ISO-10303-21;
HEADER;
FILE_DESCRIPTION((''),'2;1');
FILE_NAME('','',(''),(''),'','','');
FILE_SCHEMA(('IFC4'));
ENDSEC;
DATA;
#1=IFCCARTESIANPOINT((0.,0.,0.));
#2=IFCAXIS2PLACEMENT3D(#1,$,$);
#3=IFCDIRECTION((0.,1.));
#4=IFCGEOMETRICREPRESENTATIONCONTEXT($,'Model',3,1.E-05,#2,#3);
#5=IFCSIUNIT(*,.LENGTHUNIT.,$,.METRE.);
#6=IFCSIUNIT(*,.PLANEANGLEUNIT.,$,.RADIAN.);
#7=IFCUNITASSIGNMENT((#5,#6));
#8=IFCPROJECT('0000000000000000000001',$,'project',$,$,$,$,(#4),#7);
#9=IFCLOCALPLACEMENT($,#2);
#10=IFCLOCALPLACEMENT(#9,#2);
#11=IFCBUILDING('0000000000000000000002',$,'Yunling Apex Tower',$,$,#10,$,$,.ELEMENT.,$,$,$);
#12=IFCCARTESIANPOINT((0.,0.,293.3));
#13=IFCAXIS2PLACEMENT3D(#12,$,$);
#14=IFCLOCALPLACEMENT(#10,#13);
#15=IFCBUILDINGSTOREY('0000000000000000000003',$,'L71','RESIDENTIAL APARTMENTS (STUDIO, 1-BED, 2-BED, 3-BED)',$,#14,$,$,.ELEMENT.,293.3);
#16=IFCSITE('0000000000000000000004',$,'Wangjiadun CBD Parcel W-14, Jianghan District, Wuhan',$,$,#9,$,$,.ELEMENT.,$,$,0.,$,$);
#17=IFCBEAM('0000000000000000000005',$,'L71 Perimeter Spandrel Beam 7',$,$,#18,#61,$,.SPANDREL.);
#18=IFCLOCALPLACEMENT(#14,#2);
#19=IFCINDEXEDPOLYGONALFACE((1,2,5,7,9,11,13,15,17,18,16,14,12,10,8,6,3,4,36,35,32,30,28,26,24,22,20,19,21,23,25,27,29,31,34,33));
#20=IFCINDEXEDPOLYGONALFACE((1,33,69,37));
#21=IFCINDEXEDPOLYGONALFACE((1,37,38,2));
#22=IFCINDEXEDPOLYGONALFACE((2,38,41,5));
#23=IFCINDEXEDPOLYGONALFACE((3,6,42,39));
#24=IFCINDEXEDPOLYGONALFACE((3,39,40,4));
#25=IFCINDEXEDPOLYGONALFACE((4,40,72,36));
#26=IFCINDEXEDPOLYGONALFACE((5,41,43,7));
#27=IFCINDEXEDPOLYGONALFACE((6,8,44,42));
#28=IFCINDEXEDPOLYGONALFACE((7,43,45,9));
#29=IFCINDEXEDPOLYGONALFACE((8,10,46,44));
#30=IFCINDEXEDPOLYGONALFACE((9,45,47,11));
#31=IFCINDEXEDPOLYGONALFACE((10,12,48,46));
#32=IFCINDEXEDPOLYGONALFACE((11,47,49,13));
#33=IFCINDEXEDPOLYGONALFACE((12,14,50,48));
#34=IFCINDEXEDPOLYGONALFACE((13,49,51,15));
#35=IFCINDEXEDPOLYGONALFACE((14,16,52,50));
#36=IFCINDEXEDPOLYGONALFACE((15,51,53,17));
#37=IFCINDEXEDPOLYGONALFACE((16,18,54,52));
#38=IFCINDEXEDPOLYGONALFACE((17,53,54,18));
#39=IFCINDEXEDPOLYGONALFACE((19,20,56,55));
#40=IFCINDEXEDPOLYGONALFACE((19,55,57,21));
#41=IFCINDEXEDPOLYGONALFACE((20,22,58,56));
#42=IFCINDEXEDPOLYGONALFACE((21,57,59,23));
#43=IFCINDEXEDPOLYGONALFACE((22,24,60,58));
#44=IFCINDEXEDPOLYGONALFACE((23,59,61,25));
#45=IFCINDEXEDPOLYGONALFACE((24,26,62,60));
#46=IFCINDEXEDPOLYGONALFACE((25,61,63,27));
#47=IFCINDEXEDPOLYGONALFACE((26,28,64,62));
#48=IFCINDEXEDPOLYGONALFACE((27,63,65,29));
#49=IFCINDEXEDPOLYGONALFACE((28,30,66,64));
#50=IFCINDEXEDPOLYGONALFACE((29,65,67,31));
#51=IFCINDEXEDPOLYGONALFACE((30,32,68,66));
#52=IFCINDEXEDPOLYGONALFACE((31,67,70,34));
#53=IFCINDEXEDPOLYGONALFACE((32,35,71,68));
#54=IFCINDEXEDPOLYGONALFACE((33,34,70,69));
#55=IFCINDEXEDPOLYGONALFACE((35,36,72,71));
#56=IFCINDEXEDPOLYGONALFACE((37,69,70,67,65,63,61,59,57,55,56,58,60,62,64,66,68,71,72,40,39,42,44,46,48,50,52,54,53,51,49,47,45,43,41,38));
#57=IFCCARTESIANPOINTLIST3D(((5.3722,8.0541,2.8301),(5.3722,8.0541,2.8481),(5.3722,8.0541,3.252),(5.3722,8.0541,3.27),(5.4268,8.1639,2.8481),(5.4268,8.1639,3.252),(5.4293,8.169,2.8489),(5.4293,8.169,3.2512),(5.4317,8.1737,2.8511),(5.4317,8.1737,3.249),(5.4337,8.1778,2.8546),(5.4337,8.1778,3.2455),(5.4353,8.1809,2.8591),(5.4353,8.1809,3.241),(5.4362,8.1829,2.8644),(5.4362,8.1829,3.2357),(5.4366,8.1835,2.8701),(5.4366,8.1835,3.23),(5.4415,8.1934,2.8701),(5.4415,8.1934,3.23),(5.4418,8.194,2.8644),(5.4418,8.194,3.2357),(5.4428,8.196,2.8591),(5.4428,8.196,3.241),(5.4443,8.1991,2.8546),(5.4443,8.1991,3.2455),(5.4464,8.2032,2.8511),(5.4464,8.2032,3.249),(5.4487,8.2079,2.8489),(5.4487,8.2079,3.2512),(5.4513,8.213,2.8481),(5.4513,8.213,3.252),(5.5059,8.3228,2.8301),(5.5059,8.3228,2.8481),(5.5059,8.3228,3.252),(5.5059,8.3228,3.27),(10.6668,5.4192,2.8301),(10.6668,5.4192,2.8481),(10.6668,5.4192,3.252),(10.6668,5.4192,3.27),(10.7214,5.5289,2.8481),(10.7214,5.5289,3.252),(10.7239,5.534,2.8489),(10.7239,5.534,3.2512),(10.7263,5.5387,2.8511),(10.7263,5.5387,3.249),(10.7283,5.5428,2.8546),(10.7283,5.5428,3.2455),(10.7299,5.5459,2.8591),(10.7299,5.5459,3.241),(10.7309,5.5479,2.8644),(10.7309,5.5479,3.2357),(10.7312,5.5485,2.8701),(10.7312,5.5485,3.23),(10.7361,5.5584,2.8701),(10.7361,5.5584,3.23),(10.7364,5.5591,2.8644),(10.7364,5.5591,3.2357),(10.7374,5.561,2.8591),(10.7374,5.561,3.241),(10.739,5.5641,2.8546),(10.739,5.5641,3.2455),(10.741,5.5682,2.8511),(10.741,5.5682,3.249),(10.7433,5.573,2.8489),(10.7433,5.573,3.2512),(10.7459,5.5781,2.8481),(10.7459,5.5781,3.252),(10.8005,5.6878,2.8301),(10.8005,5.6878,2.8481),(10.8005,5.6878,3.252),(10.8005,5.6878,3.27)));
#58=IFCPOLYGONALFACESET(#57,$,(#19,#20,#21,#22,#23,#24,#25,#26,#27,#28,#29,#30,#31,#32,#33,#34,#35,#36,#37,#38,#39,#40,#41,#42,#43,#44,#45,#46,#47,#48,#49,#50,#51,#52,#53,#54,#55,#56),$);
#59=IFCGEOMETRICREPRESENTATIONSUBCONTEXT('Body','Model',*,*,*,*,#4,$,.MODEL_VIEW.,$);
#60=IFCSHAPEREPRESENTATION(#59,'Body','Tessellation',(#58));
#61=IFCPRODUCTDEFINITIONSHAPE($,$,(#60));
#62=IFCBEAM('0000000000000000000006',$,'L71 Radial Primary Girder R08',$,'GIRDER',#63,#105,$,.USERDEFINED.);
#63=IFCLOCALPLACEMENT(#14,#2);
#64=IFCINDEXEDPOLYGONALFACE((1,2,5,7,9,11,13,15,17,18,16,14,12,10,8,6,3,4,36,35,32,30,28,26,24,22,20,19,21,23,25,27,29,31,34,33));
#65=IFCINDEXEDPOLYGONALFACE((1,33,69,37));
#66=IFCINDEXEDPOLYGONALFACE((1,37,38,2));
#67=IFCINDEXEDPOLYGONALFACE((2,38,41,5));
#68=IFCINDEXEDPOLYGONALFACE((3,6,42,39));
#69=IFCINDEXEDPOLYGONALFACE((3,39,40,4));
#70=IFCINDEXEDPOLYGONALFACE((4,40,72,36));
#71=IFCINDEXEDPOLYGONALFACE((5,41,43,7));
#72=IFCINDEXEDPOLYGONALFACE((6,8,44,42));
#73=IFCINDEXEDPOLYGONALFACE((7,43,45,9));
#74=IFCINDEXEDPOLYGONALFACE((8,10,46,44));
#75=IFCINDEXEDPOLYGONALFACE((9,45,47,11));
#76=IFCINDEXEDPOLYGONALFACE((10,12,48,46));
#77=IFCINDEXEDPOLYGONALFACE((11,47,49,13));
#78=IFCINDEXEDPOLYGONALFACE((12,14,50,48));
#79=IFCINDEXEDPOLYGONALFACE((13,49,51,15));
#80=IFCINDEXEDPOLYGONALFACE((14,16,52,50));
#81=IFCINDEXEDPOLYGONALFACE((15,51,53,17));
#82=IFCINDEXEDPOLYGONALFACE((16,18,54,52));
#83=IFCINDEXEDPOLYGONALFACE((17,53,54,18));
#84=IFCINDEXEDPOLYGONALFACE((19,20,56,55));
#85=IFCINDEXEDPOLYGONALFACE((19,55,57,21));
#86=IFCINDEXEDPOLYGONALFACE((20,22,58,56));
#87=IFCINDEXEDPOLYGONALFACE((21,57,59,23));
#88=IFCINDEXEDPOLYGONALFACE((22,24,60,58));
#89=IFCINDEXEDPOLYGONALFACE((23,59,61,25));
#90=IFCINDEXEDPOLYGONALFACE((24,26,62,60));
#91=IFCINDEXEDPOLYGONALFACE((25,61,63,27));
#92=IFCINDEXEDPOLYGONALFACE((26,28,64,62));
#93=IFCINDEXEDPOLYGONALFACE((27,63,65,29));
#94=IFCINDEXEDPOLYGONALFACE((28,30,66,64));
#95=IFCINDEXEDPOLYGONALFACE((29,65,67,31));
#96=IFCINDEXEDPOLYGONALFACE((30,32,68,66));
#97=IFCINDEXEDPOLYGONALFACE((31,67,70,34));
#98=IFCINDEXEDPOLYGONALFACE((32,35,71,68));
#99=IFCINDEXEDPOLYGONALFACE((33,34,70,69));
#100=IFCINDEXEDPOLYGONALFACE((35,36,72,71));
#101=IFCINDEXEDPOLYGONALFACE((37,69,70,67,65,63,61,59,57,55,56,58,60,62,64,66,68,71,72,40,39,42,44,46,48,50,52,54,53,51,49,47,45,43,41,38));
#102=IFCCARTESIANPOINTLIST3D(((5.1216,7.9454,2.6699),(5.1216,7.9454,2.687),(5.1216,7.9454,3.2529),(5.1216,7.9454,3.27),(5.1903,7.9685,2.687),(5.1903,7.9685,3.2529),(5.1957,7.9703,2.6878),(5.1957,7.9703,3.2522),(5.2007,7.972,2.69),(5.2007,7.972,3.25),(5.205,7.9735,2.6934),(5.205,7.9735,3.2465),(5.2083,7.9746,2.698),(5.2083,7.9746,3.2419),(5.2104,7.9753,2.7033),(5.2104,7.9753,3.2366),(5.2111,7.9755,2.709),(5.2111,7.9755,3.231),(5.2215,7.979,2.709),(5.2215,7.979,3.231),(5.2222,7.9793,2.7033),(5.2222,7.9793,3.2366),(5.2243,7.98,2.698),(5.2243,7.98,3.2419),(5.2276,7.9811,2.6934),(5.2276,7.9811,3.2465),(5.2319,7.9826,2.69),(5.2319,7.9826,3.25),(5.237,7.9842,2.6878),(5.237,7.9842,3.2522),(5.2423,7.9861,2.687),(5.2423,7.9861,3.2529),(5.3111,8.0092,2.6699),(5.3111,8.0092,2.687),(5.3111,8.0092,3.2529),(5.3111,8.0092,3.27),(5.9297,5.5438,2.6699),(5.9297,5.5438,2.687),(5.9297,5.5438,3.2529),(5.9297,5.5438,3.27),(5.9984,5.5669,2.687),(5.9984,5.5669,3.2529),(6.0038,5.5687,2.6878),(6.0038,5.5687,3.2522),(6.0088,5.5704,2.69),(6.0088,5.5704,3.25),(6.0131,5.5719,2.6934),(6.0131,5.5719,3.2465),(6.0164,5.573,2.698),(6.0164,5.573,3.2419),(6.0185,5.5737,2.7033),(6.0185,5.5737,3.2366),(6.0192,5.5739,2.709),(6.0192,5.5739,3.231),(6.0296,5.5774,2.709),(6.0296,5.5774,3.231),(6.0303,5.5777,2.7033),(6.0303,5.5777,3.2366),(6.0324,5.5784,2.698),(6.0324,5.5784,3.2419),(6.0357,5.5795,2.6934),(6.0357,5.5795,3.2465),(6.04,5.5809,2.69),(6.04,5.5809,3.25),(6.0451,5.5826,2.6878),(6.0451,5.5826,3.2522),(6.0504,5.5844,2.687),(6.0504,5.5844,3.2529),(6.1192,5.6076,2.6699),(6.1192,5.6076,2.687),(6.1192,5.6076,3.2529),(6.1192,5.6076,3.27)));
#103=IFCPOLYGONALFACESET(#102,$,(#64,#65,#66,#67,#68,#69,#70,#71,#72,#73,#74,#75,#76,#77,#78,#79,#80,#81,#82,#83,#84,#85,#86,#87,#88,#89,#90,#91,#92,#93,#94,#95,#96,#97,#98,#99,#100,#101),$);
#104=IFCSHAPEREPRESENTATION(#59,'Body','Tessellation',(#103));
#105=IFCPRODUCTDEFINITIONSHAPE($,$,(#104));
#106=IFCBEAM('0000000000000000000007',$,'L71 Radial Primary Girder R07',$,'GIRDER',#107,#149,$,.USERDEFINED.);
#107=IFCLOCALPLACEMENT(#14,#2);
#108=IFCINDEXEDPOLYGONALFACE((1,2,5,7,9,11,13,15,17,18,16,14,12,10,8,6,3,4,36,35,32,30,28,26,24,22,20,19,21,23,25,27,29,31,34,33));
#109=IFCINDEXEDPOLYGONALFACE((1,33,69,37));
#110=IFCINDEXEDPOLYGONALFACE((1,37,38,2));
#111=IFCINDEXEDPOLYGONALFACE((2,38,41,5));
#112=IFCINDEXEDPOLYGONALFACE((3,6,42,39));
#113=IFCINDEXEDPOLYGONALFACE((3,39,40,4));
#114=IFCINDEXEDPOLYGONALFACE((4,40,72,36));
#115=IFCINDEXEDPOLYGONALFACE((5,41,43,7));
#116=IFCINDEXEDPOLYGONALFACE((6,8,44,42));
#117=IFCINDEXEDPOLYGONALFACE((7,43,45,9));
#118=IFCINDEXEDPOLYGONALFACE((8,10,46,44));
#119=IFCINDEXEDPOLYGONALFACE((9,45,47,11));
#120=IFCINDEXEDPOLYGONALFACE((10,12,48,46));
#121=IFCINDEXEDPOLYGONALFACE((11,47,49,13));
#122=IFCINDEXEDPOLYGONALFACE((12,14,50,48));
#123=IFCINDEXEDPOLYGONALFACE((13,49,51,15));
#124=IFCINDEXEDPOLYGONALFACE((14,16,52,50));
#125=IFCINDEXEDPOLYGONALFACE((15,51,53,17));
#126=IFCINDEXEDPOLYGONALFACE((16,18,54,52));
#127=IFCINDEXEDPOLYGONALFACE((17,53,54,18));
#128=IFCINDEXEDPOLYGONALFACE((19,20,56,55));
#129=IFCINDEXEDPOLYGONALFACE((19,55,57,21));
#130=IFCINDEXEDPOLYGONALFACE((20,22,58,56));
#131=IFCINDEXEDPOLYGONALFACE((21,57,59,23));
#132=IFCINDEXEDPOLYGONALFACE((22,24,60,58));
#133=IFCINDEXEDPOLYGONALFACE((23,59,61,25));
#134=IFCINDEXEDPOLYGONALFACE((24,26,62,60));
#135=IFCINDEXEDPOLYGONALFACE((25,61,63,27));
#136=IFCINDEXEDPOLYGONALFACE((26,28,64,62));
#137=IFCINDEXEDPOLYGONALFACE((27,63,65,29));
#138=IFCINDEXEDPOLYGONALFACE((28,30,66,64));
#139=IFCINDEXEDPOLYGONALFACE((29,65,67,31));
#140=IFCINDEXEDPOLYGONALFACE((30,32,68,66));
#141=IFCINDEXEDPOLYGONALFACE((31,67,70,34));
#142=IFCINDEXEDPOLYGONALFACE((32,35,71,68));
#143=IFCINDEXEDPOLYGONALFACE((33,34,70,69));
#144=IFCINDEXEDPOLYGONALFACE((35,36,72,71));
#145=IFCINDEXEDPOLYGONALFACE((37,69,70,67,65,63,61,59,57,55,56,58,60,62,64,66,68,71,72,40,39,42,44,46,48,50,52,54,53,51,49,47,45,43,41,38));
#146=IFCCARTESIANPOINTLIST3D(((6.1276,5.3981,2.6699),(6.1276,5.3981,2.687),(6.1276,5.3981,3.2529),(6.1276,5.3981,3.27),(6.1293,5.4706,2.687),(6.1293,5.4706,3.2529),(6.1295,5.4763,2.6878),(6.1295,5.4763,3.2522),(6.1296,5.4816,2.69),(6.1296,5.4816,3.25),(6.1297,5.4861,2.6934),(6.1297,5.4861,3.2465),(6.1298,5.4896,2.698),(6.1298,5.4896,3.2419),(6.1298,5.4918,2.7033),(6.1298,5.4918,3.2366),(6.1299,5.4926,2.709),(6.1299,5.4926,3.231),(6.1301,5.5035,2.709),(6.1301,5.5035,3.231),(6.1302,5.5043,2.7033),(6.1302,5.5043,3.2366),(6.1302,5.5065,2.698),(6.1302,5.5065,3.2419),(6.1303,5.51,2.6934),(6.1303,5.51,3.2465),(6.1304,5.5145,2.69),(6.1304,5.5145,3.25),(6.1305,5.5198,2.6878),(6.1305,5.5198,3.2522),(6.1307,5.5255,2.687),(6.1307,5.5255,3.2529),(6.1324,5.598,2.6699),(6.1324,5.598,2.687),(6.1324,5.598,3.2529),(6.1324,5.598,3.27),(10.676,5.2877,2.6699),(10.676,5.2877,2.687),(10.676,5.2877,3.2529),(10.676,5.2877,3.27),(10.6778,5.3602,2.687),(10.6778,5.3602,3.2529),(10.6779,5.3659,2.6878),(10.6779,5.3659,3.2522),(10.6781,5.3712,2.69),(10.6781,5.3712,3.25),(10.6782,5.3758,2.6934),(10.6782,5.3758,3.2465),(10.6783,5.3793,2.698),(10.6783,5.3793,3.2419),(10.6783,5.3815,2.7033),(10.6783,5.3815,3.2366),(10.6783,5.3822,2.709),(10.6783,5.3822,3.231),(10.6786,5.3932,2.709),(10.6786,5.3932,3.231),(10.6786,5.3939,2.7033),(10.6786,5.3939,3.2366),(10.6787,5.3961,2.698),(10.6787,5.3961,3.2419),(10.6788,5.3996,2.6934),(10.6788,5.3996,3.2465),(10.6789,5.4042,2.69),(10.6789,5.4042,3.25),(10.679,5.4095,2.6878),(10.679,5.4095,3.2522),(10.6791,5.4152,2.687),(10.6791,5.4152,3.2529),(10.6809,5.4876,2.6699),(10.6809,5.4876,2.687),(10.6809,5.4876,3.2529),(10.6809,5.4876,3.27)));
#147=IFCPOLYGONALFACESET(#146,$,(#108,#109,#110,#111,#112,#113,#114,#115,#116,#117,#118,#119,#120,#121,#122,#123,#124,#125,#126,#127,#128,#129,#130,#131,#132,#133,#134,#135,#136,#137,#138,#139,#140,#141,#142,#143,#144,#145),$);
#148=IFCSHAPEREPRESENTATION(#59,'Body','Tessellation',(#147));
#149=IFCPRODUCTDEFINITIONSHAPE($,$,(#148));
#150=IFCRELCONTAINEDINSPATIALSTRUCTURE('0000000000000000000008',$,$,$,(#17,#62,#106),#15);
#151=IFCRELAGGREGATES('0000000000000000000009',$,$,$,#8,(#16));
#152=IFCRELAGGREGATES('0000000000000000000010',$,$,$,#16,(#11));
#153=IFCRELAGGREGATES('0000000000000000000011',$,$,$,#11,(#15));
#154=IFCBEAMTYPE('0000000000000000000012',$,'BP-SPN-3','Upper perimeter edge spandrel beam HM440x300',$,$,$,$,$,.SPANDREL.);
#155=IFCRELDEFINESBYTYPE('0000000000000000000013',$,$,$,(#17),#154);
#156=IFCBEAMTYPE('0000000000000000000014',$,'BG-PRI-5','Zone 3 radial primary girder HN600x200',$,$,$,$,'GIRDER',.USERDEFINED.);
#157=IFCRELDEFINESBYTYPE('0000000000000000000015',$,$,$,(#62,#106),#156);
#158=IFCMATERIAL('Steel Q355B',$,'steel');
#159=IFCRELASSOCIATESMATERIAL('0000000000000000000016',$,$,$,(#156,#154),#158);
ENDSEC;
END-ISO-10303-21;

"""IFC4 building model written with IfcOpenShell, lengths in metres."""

from ifc_helpers import new_model, si_unit, direction, frame, origin, origin_2d, place, context, subcontext, project, spatial, i_section, extrude, source, transform, mapped, material, material_profile, profile_set, type_object, element, save


model = new_model("IFC4")

# Units and contexts
model_context = context("Model", 3, precision=1e-05, world=origin(), true_north=direction((0.0, 1.0)))
body_context = subcontext(model_context, "Body", "Model", "MODEL_VIEW")
ifc_project = project(units=[si_unit("LENGTHUNIT", "METRE"), si_unit("PLANEANGLEUNIT", "RADIAN")], contexts=[model_context])

# Site, building, storey
site_placement = place(None, origin())
site = spatial("IfcSite", under=ifc_project, at=site_placement, Name="Wangjiadun CBD Parcel W-14, Jianghan District, Wuhan", CompositionType="ELEMENT", RefElevation=0.0)
building_placement = place(site_placement, origin())
building = spatial("IfcBuilding", under=site, at=building_placement, Name="Yunling Apex Tower", CompositionType="ELEMENT")
storey_placement = place(building_placement, frame((0.0, 0.0, 293.3)))
storey = spatial("IfcBuildingStorey", under=building, at=storey_placement, Name="L71", Description="RESIDENTIAL APARTMENTS (STUDIO, 1-BED, 2-BED, 3-BED)", CompositionType="ELEMENT", Elevation=293.3)

# Shared definitions
ifc_material_1 = material(Name="Steel Q355B", Category="steel")

# Beams
ifc_material_profile_1 = material_profile(ifc_material_1, i_section(OverallWidth=0.2, OverallDepth=0.6001, WebThickness=0.011, FlangeThickness=0.0171, FilletRadius=0.022, at=origin_2d()))
ifc_profile_set_1 = profile_set([ifc_material_profile_1], Name="Steel Q355B")
beam_type_1 = type_object("IfcBeamType", Name="BG-PRI-5", Description="Zone 3 radial primary girder HN600x200", ElementType="GIRDER", PredefinedType="USERDEFINED", material=ifc_profile_set_1)
ifc_material_profile_2 = material_profile(ifc_material_1, i_section(OverallWidth=0.3, OverallDepth=0.4399, WebThickness=0.011, FlangeThickness=0.0181, FilletRadius=0.022, at=origin_2d()))
ifc_profile_set_2 = profile_set([ifc_material_profile_2], Name="Steel Q355B")
beam_type_2 = type_object("IfcBeamType", Name="BP-SPN-3", Description="Upper perimeter edge spandrel beam HM440x300", PredefinedType="SPANDREL", material=ifc_profile_set_2)
shared_shape_1 = source(origin(), body_context, "Body", "SweptSolid", [
    extrude(i_section(OverallWidth=0.3, OverallDepth=0.4399, WebThickness=0.011, FlangeThickness=0.0181, FilletRadius=0.022, at=origin_2d()), origin(), (0.0, 0.0, 1.0), 5.9141),
])
for number, where, z_axis, x_axis, name in (
    (1, (10.7336, 5.5535, 3.05), (-0.89526, 0.445545, 0.0), (-0.445545, -0.89526, 0.0), "L71 Perimeter Spandrel Beam 7"),
):
    element("IfcBeam", number, at=place(storey_placement, frame(where, z_axis=z_axis, x_axis=x_axis)), inside=storey, type_object=beam_type_2, Name=name, PredefinedType="SPANDREL", context=body_context, shape_type="MappedRepresentation", body=[
        mapped(shared_shape_1, transform((0.0, 0.0, 0.0), scale=1.0)),
    ])
shared_shape_2 = source(origin(), body_context, "Body", "SweptSolid", [
    extrude(i_section(OverallWidth=0.2, OverallDepth=0.6001, WebThickness=0.011, FlangeThickness=0.0171, FilletRadius=0.022, at=origin_2d()), origin(), (0.0, 0.0, 1.0), 2.5339),
])
beam_1_placement = place(storey_placement, frame((5.2163, 7.9773, 2.97), z_axis=(0.318915, -0.947783, 0.0), x_axis=(0.947783, 0.318915, 0.0)))
element("IfcBeam", 2, at=beam_1_placement, inside=storey, type_object=beam_type_1, Name="L71 Radial Primary Girder R08", ObjectType="GIRDER", PredefinedType="USERDEFINED", context=body_context, shape_type="MappedRepresentation", body=[
    mapped(shared_shape_2, transform((0.0, 0.0, 0.0), scale=1.0)),
])
shared_shape_3 = source(origin(), body_context, "Body", "SweptSolid", [
    extrude(i_section(OverallWidth=0.2, OverallDepth=0.6001, WebThickness=0.011, FlangeThickness=0.0171, FilletRadius=0.022, at=origin_2d()), origin(), (0.0, 0.0, 1.0), 4.5498),
])
beam_2_placement = place(storey_placement, frame((10.6785, 5.3877, 2.97), z_axis=(-0.999706, 0.024254, 0.0), x_axis=(-0.024254, -0.999706, 0.0)))
element("IfcBeam", 3, at=beam_2_placement, inside=storey, type_object=beam_type_1, Name="L71 Radial Primary Girder R07", ObjectType="GIRDER", PredefinedType="USERDEFINED", context=body_context, shape_type="MappedRepresentation", body=[
    mapped(shared_shape_3, transform((0.0, 0.0, 0.0), scale=1.0)),
])

save(model, "model.ifc")
